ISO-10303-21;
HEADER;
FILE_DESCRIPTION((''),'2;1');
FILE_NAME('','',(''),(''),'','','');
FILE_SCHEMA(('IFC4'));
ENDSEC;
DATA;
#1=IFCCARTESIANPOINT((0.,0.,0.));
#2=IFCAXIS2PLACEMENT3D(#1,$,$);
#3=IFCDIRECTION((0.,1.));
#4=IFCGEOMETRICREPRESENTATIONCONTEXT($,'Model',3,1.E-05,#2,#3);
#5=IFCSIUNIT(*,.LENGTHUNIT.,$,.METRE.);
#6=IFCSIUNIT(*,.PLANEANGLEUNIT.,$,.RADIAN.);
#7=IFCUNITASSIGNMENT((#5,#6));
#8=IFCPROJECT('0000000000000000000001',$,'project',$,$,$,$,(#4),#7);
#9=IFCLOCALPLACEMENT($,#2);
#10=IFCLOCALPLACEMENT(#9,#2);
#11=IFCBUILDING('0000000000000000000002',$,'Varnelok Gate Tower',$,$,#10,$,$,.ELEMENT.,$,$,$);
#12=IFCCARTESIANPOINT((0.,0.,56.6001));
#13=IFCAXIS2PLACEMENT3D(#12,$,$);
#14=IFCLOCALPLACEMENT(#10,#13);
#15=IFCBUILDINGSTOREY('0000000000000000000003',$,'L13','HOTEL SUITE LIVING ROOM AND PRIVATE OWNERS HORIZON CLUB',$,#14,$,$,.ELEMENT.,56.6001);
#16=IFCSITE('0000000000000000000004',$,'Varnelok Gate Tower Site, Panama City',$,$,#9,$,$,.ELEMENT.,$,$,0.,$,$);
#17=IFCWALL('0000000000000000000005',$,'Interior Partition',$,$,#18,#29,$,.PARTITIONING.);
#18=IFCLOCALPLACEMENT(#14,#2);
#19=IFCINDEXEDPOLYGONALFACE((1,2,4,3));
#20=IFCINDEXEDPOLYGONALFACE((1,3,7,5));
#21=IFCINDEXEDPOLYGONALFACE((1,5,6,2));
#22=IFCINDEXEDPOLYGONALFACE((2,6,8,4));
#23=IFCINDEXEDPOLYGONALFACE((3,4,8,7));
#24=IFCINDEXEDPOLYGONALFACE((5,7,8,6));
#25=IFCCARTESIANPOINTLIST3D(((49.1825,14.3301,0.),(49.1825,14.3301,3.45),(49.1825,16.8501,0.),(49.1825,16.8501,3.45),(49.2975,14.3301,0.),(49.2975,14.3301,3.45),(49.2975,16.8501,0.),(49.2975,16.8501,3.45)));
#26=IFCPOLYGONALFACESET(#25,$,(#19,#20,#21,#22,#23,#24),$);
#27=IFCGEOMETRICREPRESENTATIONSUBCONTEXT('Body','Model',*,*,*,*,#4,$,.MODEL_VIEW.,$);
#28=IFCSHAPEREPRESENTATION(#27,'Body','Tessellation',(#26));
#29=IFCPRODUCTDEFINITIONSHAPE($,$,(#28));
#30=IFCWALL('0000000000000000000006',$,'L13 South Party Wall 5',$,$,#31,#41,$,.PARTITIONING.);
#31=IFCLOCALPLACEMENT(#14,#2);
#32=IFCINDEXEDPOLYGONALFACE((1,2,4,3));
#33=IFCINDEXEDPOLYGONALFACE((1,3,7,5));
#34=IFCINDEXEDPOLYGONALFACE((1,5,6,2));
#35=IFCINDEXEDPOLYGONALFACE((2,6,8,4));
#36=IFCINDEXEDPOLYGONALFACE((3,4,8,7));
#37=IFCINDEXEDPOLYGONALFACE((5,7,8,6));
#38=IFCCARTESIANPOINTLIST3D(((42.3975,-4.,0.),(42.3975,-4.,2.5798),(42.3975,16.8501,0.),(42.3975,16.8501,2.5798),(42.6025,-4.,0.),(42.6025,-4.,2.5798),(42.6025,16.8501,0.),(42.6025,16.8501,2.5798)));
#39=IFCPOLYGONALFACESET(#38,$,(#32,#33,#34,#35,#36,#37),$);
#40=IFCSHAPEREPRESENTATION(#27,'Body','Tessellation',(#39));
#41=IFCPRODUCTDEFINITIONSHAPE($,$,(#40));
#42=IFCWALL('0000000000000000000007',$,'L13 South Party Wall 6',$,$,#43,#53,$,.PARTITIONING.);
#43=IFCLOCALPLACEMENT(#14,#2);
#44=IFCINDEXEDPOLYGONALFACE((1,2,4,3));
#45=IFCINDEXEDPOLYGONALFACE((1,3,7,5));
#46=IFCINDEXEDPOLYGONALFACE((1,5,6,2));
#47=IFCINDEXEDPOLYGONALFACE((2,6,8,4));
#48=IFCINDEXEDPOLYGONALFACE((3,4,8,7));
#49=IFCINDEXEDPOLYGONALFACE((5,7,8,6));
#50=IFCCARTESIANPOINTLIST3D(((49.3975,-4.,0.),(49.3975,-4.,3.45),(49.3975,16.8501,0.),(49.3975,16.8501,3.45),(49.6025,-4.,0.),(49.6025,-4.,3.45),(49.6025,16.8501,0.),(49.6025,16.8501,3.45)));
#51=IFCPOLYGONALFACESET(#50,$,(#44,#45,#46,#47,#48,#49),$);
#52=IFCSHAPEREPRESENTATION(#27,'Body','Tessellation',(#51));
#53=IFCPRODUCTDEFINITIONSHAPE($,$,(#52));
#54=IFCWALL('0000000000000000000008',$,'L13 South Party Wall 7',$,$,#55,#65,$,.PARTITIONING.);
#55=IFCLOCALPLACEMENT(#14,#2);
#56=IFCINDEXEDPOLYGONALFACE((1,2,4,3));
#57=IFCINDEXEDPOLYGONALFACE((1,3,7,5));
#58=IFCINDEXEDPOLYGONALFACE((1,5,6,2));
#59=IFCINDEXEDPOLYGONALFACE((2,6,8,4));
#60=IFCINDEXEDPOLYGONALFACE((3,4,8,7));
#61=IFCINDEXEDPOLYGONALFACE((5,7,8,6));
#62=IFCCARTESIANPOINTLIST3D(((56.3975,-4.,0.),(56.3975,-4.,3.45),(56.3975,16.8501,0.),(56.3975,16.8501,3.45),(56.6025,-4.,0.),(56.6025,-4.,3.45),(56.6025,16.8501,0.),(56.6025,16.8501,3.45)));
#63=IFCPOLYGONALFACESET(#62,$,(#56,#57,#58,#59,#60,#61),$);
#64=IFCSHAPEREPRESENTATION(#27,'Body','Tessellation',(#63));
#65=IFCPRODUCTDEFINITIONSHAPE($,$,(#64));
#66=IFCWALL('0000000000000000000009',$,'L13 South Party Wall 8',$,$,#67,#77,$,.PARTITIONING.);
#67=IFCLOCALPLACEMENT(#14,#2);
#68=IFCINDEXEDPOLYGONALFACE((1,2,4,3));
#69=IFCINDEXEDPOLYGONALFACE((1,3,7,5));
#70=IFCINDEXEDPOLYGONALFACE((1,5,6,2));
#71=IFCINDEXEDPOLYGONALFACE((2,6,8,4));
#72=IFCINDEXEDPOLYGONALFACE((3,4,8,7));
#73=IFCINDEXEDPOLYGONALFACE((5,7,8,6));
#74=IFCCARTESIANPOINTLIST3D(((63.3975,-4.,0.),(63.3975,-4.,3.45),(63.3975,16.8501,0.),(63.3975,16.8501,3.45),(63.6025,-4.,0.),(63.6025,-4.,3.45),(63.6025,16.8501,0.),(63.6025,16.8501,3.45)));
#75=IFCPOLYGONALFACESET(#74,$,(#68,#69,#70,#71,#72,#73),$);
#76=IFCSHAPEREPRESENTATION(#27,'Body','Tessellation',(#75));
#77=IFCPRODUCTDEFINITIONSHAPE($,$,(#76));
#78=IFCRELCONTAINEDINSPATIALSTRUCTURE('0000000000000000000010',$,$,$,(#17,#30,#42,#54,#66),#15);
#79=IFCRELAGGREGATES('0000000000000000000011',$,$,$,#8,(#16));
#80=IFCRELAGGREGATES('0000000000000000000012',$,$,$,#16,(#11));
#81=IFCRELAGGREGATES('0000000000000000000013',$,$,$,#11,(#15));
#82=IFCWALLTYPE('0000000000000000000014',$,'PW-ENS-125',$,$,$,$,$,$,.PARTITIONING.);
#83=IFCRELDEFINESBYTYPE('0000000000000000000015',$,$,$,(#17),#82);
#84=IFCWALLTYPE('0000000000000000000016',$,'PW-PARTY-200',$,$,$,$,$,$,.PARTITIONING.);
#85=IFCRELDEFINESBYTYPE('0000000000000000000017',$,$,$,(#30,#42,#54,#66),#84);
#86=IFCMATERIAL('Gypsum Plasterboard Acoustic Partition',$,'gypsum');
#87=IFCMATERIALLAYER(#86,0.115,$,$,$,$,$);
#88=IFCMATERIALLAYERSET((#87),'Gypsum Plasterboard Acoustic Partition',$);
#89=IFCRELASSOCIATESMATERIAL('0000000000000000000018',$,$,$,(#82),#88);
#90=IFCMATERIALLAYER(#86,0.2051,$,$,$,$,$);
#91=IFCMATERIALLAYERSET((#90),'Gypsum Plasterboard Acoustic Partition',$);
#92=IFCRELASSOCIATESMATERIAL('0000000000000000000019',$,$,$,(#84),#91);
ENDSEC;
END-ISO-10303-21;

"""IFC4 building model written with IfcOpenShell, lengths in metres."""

from ifc_helpers import new_model, si_unit, direction, frame, frame_2d, origin, place, context, subcontext, project, spatial, rectangle, extrude, material, layer, layer_set, type_object, element, save


model = new_model("IFC4")

# Units and contexts
model_context = context("Model", 3, precision=1e-05, world=origin(), true_north=direction((0.0, 1.0)))
body_context = subcontext(model_context, "Body", "Model", "MODEL_VIEW")
ifc_project = project(units=[si_unit("LENGTHUNIT", "METRE"), si_unit("PLANEANGLEUNIT", "RADIAN")], contexts=[model_context])

# Site, building, storey
site_placement = place(None, origin())
site = spatial("IfcSite", under=ifc_project, at=site_placement, Name="Varnelok Gate Tower Site, Panama City", CompositionType="ELEMENT", RefElevation=0.0)
building_placement = place(site_placement, origin())
building = spatial("IfcBuilding", under=site, at=building_placement, Name="Varnelok Gate Tower", CompositionType="ELEMENT")
storey_placement = place(building_placement, frame((0.0, 0.0, 56.6001)))
storey = spatial("IfcBuildingStorey", under=building, at=storey_placement, Name="L13", Description="HOTEL SUITE LIVING ROOM AND PRIVATE OWNERS HORIZON CLUB", CompositionType="ELEMENT", Elevation=56.6001)

# Shared definitions
ifc_material_1 = material(Name="Gypsum Plasterboard Acoustic Partition", Category="gypsum")
ifc_layer_1 = layer(ifc_material_1, 0.115)
ifc_layer_set_1 = layer_set([ifc_layer_1], Name="Gypsum Plasterboard Acoustic Partition")
wall_type_1 = type_object("IfcWallType", Name="PW-ENS-125", PredefinedType="PARTITIONING", material=ifc_layer_set_1)

# Walls
wall_1_placement = place(storey_placement, frame((49.24, 14.3301, 0.0), z_axis=(0.0, 0.0, 1.0), x_axis=(0.0, 1.0, 0.0)))
element("IfcWall", 1, at=wall_1_placement, inside=storey, type_object=wall_type_1, Name="Interior Partition", PredefinedType="PARTITIONING", context=body_context, shape_type="SweptSolid", body=[
    extrude(rectangle(XDim=2.52, YDim=0.115, at=frame_2d((1.26, 0.0))), origin(), (0.0, 0.0, 1.0), 3.45),
])
ifc_layer_2 = layer(ifc_material_1, 0.2051)
ifc_layer_set_2 = layer_set([ifc_layer_2], Name="Gypsum Plasterboard Acoustic Partition")
wall_type_2 = type_object("IfcWallType", Name="PW-PARTY-200", PredefinedType="PARTITIONING", material=ifc_layer_set_2)
wall_2_placement = place(storey_placement, frame((42.5, -4.0, 0.0), z_axis=(0.0, 0.0, 1.0), x_axis=(0.0, 1.0, 0.0)))
element("IfcWall", 2, at=wall_2_placement, inside=storey, type_object=wall_type_2, Name="L13 South Party Wall 5", PredefinedType="PARTITIONING", context=body_context, shape_type="SweptSolid", body=[
    extrude(rectangle(XDim=20.8501, YDim=0.2051, at=frame_2d((10.425, 0.0))), origin(), (0.0, 0.0, 1.0), 2.5798),
])
for number, where, z_axis, x_axis, name in (
    (3, (49.5, -4.0, 0.0), (0.0, 0.0, 1.0), (0.0, 1.0, 0.0), "L13 South Party Wall 6"),
    (4, (56.5, -4.0, 0.0), (0.0, 0.0, 1.0), (0.0, 1.0, 0.0), "L13 South Party Wall 7"),
    (5, (63.5, -4.0, 0.0), (0.0, 0.0, 1.0), (0.0, 1.0, 0.0), "L13 South Party Wall 8"),
):
    element("IfcWall", number, at=place(storey_placement, frame(where, z_axis=z_axis, x_axis=x_axis)), inside=storey, type_object=wall_type_2, Name=name, PredefinedType="PARTITIONING", context=body_context, shape_type="SweptSolid", body=[
        extrude(rectangle(XDim=20.8501, YDim=0.2051, at=frame_2d((10.425, 0.0))), origin(), (0.0, 0.0, 1.0), 3.45),
    ])

save(model, "model.ifc")
